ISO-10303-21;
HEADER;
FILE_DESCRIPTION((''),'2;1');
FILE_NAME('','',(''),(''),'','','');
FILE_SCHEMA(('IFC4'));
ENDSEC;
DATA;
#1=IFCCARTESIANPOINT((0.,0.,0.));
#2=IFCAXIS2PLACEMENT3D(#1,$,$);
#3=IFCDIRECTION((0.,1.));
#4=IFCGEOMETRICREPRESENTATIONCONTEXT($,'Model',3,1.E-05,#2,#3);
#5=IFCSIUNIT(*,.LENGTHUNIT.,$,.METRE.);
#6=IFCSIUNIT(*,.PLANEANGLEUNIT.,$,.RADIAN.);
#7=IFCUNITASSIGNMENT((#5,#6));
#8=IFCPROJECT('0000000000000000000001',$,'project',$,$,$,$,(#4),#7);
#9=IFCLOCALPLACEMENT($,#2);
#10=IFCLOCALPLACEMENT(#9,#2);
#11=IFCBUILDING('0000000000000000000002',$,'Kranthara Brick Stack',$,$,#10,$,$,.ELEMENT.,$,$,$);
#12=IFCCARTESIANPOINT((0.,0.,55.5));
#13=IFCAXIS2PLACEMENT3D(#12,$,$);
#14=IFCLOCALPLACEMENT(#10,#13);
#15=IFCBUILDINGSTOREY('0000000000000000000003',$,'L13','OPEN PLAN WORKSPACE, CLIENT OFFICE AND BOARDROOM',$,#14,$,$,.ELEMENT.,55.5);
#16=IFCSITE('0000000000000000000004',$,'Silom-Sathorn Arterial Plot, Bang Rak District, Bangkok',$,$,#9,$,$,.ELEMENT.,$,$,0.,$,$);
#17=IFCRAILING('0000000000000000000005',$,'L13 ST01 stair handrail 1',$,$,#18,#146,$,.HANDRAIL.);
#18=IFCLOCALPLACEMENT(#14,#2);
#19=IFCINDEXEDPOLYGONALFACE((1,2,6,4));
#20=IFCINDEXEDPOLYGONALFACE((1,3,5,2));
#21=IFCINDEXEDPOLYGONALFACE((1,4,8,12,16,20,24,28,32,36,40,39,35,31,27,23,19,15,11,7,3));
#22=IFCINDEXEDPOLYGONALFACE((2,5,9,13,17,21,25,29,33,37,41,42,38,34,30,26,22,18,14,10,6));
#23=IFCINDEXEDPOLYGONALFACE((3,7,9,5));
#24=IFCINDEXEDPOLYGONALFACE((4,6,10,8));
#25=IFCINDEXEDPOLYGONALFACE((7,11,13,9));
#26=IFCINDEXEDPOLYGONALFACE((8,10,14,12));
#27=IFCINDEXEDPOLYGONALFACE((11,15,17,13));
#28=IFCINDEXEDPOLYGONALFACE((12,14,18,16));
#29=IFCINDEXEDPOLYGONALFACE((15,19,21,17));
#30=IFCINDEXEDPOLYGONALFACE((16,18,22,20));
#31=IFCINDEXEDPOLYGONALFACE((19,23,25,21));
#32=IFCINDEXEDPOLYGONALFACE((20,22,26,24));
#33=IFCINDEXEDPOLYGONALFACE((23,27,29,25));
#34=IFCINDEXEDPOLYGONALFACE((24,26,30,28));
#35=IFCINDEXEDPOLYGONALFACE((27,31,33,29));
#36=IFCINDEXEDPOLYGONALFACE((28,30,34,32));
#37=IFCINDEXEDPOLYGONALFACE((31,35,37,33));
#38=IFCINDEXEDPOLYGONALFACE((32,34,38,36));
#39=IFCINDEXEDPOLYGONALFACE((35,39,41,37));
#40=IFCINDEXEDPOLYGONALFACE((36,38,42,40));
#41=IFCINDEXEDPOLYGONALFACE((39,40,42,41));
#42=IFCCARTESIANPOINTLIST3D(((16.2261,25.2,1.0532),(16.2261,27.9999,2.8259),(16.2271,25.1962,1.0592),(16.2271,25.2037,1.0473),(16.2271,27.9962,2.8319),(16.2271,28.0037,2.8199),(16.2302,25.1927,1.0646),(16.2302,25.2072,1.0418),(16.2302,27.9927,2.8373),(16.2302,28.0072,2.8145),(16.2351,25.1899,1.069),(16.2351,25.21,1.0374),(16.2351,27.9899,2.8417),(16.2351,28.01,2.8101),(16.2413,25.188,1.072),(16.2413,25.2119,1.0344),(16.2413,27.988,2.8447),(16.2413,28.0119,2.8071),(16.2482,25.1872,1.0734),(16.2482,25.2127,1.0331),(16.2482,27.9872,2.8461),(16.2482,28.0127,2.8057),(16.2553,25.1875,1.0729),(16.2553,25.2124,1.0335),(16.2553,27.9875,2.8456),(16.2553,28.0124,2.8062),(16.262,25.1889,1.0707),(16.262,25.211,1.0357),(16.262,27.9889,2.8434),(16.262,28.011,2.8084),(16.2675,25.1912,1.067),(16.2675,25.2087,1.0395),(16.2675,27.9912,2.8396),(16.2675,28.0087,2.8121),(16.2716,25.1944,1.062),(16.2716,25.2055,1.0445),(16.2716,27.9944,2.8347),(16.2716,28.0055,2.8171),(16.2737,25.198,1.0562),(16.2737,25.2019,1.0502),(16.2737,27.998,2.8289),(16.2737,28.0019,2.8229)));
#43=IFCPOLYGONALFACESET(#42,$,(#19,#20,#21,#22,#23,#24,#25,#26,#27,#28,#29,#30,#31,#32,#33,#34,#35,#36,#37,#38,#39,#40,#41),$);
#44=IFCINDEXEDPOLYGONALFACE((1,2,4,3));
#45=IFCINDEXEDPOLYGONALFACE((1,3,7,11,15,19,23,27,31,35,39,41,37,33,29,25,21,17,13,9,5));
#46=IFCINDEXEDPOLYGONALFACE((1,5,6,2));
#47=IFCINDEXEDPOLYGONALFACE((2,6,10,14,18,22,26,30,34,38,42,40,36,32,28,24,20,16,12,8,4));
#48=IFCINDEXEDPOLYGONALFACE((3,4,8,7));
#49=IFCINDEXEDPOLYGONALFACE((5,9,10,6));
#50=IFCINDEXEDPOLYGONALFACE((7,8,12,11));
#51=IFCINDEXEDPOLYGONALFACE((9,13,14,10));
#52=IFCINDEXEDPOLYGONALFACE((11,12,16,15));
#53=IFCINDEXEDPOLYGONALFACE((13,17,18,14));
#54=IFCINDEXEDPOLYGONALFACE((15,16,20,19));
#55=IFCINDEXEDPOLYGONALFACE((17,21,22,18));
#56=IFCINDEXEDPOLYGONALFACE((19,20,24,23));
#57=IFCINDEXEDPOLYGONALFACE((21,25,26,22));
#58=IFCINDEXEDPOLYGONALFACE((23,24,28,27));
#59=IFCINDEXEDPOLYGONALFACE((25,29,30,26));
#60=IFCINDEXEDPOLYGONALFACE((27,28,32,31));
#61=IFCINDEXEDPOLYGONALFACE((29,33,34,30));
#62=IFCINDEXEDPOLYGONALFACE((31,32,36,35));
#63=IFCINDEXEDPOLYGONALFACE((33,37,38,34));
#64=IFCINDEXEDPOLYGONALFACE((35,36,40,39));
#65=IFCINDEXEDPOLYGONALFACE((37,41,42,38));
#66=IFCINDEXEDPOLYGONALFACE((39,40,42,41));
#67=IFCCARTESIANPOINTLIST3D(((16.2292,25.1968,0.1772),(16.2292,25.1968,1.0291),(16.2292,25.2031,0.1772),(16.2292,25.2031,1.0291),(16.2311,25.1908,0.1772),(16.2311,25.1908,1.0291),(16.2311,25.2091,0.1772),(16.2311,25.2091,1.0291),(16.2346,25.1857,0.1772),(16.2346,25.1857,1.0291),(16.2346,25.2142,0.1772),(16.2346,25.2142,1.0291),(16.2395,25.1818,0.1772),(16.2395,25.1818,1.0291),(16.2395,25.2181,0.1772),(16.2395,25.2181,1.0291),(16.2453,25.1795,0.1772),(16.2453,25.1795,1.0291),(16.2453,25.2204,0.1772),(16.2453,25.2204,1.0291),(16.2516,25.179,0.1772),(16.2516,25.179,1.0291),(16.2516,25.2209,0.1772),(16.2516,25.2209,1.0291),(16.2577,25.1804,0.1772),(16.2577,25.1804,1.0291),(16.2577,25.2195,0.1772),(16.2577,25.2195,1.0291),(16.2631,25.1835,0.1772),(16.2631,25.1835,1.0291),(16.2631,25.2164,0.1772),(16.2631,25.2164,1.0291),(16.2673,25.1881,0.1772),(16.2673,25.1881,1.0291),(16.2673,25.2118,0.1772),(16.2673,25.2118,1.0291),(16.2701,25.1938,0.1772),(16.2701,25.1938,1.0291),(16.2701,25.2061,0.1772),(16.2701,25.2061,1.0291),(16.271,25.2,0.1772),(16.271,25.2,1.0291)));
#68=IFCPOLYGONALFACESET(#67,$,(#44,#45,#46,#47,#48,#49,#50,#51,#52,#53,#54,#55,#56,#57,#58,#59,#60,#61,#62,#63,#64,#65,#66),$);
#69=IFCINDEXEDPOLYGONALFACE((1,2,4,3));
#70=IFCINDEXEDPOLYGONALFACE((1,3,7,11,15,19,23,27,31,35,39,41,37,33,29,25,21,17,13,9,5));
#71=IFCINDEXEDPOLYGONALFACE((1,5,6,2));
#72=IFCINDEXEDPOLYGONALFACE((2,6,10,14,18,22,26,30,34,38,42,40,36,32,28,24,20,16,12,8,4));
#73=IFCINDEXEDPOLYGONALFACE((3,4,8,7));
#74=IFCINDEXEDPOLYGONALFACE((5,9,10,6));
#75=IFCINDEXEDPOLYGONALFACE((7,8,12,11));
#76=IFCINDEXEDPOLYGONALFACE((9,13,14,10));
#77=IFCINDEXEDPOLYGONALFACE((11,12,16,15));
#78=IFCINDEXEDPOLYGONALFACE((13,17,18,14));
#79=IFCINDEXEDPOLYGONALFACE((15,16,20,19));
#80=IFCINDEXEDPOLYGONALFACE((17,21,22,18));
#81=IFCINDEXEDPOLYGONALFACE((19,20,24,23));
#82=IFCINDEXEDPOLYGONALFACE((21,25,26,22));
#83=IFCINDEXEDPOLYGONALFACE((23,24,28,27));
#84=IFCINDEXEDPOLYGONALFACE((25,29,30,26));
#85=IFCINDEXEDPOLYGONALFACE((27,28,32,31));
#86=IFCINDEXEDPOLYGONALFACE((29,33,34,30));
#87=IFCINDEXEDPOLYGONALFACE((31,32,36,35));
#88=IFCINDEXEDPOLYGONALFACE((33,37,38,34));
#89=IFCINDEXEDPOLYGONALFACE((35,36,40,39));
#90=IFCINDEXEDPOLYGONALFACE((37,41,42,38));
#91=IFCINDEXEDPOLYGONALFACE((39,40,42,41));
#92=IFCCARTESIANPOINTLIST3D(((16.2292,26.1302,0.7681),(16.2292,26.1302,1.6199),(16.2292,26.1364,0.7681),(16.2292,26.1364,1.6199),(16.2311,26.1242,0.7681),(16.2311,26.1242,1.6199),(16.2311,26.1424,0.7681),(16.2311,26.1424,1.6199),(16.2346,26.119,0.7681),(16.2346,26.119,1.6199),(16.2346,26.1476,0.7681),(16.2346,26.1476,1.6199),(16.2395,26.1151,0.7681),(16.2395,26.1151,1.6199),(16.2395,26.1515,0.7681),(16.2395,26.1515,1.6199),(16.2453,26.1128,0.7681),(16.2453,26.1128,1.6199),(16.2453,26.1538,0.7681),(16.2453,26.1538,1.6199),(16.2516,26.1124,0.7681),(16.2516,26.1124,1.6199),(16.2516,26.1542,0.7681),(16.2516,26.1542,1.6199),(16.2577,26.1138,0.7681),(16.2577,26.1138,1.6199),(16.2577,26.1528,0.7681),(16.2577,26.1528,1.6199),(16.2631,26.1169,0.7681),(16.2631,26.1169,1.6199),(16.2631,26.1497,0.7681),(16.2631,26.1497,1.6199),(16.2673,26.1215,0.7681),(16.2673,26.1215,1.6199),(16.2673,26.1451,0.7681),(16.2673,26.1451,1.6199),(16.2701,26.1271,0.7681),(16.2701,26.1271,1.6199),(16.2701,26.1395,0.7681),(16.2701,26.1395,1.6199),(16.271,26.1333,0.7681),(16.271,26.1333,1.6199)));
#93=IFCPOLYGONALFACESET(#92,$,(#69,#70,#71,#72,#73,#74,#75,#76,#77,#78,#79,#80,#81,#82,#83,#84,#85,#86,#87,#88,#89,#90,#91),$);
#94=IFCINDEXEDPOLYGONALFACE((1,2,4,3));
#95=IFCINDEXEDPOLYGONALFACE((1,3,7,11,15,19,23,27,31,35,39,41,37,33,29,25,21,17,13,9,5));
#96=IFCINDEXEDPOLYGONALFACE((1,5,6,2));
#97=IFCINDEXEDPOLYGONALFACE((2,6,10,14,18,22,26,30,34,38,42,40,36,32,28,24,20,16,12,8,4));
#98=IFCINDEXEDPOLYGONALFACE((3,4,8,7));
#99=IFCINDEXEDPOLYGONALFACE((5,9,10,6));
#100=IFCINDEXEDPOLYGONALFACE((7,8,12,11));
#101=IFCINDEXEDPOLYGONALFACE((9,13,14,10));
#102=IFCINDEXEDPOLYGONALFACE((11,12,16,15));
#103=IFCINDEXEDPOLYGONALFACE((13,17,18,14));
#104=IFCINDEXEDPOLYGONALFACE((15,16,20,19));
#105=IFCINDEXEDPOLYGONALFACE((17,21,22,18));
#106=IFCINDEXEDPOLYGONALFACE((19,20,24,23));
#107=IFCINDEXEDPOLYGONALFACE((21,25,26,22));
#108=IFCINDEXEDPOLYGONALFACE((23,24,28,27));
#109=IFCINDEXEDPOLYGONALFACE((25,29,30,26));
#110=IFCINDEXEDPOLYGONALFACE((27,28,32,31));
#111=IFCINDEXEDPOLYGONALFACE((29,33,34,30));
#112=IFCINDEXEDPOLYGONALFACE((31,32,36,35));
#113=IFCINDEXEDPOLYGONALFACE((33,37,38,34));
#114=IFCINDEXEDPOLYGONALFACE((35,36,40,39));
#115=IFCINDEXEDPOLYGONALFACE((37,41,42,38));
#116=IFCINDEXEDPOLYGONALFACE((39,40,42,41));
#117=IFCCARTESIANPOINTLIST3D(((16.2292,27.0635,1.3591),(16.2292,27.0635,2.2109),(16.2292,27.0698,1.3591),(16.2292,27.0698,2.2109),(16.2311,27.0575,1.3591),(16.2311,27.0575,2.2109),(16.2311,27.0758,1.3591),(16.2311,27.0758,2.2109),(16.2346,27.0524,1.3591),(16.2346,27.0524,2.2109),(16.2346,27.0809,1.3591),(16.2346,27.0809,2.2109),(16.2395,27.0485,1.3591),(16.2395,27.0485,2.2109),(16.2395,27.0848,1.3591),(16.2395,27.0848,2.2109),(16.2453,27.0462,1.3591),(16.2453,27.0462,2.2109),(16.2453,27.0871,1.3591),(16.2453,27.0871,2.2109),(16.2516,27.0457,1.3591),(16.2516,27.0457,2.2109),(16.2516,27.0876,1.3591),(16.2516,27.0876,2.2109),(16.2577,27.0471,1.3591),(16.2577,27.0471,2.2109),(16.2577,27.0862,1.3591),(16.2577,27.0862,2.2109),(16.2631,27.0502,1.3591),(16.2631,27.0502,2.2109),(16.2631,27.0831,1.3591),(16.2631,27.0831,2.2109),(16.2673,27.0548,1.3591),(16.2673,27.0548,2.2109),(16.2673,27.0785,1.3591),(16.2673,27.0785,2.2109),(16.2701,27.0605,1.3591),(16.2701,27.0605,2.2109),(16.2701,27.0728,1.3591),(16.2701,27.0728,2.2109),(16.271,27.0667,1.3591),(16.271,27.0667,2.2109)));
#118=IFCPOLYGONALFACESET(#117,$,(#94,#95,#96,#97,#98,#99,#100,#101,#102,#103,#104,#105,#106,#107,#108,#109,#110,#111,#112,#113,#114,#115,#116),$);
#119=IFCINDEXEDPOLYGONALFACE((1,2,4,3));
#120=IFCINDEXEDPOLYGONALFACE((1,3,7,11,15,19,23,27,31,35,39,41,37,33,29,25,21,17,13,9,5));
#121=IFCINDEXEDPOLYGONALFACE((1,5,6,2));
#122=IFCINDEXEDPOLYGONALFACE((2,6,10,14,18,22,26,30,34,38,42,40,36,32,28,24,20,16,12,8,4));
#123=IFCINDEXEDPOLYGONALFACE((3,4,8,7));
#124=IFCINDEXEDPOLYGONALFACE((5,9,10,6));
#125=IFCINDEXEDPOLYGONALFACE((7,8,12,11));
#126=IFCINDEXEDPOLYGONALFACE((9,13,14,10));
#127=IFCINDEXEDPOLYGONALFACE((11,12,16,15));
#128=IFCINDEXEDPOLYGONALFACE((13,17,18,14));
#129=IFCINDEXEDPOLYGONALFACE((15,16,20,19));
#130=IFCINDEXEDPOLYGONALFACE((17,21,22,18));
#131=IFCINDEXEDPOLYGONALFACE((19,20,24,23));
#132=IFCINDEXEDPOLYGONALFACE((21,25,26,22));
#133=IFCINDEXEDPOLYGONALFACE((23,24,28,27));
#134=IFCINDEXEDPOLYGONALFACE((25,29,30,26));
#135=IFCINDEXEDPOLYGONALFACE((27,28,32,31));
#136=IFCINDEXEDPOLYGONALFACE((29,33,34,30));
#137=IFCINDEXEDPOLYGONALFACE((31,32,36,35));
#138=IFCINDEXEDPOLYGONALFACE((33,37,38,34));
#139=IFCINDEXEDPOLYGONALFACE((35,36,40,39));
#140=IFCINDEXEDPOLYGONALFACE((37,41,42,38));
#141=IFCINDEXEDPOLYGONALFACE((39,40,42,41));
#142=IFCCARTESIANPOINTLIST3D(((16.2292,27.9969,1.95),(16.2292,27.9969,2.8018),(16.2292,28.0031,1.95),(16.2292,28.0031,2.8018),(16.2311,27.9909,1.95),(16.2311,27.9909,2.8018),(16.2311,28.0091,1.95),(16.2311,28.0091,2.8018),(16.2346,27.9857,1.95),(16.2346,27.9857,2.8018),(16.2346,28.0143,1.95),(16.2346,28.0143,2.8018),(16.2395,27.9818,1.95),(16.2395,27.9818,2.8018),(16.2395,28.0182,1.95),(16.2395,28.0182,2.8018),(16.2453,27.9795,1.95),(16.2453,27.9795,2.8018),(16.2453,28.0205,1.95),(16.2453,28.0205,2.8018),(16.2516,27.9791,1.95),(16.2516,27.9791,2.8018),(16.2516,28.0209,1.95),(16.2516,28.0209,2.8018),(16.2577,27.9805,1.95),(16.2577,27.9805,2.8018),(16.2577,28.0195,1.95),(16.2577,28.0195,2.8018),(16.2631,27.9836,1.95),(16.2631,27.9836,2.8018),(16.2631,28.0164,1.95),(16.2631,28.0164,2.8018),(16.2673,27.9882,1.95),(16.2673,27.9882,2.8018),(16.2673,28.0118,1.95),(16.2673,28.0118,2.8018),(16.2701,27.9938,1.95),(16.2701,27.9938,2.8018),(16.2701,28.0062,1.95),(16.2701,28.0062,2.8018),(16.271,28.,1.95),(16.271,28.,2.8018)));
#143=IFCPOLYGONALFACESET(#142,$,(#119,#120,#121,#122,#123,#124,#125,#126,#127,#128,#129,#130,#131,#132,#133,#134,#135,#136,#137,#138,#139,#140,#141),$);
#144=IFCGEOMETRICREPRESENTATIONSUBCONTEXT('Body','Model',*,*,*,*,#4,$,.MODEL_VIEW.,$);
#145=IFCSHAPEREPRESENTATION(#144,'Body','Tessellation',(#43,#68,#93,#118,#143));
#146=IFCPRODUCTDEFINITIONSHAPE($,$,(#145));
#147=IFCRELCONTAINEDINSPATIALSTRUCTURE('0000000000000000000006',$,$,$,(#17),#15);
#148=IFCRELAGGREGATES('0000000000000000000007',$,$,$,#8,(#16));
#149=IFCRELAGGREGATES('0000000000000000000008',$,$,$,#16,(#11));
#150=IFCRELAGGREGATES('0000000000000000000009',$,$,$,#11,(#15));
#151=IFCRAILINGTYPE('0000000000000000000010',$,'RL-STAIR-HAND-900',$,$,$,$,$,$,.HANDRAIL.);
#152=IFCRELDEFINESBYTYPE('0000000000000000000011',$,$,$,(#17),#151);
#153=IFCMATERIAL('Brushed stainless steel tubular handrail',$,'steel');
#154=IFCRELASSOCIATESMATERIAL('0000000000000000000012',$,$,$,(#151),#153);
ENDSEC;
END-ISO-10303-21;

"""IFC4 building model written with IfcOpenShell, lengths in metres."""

from ifc_helpers import new_model, si_unit, direction, frame, origin, origin_2d, place, context, subcontext, project, spatial, circle, extrude, material, type_object, element, save


model = new_model("IFC4")

# Units and contexts
model_context = context("Model", 3, precision=1e-05, world=origin(), true_north=direction((0.0, 1.0)))
body_context = subcontext(model_context, "Body", "Model", "MODEL_VIEW")
ifc_project = project(units=[si_unit("LENGTHUNIT", "METRE"), si_unit("PLANEANGLEUNIT", "RADIAN")], contexts=[model_context])

# Site, building, storey
site_placement = place(None, origin())
site = spatial("IfcSite", under=ifc_project, at=site_placement, Name="Silom-Sathorn Arterial Plot, Bang Rak District, Bangkok", CompositionType="ELEMENT", RefElevation=0.0)
building_placement = place(site_placement, origin())
building = spatial("IfcBuilding", under=site, at=building_placement, Name="Kranthara Brick Stack", CompositionType="ELEMENT")
storey_placement = place(building_placement, frame((0.0, 0.0, 55.5)))
storey = spatial("IfcBuildingStorey", under=building, at=storey_placement, Name="L13", Description="OPEN PLAN WORKSPACE, CLIENT OFFICE AND BOARDROOM", CompositionType="ELEMENT", Elevation=55.5)

# Railing
ifc_material_1 = material(Name="Brushed stainless steel tubular handrail", Category="steel")
railing_type_1 = type_object("IfcRailingType", Name="RL-STAIR-HAND-900", PredefinedType="HANDRAIL", material=ifc_material_1)
railing_1_placement = place(storey_placement, frame((16.25, 25.2, 0.1772)))
element("IfcRailing", 1, at=railing_1_placement, inside=storey, type_object=railing_type_1, Name="L13 ST01 stair handrail 1", PredefinedType="HANDRAIL", context=body_context, shape_type="SweptSolid", body=[
    extrude(circle(Radius=0.0239, at=origin_2d()), frame((0.0, 0.0, 0.876), z_axis=(0.0, 0.844909, 0.53491), x_axis=(-1.0, 0.0, 0.0)), (0.0, 0.0, 1.0), 3.314),
    extrude(circle(Radius=0.021, at=origin_2d()), origin(), (0.0, 0.0, 1.0), 0.8518),
    extrude(circle(Radius=0.021, at=origin_2d()), frame((0.0, 0.9333, 0.5908)), (0.0, 0.0, 1.0), 0.8518),
    extrude(circle(Radius=0.021, at=origin_2d()), frame((0.0, 1.8667, 1.1819)), (0.0, 0.0, 1.0), 0.8518),
    extrude(circle(Radius=0.021, at=origin_2d()), frame((0.0, 2.8, 1.7727)), (0.0, 0.0, 1.0), 0.8518),
])

save(model, "model.ifc")
